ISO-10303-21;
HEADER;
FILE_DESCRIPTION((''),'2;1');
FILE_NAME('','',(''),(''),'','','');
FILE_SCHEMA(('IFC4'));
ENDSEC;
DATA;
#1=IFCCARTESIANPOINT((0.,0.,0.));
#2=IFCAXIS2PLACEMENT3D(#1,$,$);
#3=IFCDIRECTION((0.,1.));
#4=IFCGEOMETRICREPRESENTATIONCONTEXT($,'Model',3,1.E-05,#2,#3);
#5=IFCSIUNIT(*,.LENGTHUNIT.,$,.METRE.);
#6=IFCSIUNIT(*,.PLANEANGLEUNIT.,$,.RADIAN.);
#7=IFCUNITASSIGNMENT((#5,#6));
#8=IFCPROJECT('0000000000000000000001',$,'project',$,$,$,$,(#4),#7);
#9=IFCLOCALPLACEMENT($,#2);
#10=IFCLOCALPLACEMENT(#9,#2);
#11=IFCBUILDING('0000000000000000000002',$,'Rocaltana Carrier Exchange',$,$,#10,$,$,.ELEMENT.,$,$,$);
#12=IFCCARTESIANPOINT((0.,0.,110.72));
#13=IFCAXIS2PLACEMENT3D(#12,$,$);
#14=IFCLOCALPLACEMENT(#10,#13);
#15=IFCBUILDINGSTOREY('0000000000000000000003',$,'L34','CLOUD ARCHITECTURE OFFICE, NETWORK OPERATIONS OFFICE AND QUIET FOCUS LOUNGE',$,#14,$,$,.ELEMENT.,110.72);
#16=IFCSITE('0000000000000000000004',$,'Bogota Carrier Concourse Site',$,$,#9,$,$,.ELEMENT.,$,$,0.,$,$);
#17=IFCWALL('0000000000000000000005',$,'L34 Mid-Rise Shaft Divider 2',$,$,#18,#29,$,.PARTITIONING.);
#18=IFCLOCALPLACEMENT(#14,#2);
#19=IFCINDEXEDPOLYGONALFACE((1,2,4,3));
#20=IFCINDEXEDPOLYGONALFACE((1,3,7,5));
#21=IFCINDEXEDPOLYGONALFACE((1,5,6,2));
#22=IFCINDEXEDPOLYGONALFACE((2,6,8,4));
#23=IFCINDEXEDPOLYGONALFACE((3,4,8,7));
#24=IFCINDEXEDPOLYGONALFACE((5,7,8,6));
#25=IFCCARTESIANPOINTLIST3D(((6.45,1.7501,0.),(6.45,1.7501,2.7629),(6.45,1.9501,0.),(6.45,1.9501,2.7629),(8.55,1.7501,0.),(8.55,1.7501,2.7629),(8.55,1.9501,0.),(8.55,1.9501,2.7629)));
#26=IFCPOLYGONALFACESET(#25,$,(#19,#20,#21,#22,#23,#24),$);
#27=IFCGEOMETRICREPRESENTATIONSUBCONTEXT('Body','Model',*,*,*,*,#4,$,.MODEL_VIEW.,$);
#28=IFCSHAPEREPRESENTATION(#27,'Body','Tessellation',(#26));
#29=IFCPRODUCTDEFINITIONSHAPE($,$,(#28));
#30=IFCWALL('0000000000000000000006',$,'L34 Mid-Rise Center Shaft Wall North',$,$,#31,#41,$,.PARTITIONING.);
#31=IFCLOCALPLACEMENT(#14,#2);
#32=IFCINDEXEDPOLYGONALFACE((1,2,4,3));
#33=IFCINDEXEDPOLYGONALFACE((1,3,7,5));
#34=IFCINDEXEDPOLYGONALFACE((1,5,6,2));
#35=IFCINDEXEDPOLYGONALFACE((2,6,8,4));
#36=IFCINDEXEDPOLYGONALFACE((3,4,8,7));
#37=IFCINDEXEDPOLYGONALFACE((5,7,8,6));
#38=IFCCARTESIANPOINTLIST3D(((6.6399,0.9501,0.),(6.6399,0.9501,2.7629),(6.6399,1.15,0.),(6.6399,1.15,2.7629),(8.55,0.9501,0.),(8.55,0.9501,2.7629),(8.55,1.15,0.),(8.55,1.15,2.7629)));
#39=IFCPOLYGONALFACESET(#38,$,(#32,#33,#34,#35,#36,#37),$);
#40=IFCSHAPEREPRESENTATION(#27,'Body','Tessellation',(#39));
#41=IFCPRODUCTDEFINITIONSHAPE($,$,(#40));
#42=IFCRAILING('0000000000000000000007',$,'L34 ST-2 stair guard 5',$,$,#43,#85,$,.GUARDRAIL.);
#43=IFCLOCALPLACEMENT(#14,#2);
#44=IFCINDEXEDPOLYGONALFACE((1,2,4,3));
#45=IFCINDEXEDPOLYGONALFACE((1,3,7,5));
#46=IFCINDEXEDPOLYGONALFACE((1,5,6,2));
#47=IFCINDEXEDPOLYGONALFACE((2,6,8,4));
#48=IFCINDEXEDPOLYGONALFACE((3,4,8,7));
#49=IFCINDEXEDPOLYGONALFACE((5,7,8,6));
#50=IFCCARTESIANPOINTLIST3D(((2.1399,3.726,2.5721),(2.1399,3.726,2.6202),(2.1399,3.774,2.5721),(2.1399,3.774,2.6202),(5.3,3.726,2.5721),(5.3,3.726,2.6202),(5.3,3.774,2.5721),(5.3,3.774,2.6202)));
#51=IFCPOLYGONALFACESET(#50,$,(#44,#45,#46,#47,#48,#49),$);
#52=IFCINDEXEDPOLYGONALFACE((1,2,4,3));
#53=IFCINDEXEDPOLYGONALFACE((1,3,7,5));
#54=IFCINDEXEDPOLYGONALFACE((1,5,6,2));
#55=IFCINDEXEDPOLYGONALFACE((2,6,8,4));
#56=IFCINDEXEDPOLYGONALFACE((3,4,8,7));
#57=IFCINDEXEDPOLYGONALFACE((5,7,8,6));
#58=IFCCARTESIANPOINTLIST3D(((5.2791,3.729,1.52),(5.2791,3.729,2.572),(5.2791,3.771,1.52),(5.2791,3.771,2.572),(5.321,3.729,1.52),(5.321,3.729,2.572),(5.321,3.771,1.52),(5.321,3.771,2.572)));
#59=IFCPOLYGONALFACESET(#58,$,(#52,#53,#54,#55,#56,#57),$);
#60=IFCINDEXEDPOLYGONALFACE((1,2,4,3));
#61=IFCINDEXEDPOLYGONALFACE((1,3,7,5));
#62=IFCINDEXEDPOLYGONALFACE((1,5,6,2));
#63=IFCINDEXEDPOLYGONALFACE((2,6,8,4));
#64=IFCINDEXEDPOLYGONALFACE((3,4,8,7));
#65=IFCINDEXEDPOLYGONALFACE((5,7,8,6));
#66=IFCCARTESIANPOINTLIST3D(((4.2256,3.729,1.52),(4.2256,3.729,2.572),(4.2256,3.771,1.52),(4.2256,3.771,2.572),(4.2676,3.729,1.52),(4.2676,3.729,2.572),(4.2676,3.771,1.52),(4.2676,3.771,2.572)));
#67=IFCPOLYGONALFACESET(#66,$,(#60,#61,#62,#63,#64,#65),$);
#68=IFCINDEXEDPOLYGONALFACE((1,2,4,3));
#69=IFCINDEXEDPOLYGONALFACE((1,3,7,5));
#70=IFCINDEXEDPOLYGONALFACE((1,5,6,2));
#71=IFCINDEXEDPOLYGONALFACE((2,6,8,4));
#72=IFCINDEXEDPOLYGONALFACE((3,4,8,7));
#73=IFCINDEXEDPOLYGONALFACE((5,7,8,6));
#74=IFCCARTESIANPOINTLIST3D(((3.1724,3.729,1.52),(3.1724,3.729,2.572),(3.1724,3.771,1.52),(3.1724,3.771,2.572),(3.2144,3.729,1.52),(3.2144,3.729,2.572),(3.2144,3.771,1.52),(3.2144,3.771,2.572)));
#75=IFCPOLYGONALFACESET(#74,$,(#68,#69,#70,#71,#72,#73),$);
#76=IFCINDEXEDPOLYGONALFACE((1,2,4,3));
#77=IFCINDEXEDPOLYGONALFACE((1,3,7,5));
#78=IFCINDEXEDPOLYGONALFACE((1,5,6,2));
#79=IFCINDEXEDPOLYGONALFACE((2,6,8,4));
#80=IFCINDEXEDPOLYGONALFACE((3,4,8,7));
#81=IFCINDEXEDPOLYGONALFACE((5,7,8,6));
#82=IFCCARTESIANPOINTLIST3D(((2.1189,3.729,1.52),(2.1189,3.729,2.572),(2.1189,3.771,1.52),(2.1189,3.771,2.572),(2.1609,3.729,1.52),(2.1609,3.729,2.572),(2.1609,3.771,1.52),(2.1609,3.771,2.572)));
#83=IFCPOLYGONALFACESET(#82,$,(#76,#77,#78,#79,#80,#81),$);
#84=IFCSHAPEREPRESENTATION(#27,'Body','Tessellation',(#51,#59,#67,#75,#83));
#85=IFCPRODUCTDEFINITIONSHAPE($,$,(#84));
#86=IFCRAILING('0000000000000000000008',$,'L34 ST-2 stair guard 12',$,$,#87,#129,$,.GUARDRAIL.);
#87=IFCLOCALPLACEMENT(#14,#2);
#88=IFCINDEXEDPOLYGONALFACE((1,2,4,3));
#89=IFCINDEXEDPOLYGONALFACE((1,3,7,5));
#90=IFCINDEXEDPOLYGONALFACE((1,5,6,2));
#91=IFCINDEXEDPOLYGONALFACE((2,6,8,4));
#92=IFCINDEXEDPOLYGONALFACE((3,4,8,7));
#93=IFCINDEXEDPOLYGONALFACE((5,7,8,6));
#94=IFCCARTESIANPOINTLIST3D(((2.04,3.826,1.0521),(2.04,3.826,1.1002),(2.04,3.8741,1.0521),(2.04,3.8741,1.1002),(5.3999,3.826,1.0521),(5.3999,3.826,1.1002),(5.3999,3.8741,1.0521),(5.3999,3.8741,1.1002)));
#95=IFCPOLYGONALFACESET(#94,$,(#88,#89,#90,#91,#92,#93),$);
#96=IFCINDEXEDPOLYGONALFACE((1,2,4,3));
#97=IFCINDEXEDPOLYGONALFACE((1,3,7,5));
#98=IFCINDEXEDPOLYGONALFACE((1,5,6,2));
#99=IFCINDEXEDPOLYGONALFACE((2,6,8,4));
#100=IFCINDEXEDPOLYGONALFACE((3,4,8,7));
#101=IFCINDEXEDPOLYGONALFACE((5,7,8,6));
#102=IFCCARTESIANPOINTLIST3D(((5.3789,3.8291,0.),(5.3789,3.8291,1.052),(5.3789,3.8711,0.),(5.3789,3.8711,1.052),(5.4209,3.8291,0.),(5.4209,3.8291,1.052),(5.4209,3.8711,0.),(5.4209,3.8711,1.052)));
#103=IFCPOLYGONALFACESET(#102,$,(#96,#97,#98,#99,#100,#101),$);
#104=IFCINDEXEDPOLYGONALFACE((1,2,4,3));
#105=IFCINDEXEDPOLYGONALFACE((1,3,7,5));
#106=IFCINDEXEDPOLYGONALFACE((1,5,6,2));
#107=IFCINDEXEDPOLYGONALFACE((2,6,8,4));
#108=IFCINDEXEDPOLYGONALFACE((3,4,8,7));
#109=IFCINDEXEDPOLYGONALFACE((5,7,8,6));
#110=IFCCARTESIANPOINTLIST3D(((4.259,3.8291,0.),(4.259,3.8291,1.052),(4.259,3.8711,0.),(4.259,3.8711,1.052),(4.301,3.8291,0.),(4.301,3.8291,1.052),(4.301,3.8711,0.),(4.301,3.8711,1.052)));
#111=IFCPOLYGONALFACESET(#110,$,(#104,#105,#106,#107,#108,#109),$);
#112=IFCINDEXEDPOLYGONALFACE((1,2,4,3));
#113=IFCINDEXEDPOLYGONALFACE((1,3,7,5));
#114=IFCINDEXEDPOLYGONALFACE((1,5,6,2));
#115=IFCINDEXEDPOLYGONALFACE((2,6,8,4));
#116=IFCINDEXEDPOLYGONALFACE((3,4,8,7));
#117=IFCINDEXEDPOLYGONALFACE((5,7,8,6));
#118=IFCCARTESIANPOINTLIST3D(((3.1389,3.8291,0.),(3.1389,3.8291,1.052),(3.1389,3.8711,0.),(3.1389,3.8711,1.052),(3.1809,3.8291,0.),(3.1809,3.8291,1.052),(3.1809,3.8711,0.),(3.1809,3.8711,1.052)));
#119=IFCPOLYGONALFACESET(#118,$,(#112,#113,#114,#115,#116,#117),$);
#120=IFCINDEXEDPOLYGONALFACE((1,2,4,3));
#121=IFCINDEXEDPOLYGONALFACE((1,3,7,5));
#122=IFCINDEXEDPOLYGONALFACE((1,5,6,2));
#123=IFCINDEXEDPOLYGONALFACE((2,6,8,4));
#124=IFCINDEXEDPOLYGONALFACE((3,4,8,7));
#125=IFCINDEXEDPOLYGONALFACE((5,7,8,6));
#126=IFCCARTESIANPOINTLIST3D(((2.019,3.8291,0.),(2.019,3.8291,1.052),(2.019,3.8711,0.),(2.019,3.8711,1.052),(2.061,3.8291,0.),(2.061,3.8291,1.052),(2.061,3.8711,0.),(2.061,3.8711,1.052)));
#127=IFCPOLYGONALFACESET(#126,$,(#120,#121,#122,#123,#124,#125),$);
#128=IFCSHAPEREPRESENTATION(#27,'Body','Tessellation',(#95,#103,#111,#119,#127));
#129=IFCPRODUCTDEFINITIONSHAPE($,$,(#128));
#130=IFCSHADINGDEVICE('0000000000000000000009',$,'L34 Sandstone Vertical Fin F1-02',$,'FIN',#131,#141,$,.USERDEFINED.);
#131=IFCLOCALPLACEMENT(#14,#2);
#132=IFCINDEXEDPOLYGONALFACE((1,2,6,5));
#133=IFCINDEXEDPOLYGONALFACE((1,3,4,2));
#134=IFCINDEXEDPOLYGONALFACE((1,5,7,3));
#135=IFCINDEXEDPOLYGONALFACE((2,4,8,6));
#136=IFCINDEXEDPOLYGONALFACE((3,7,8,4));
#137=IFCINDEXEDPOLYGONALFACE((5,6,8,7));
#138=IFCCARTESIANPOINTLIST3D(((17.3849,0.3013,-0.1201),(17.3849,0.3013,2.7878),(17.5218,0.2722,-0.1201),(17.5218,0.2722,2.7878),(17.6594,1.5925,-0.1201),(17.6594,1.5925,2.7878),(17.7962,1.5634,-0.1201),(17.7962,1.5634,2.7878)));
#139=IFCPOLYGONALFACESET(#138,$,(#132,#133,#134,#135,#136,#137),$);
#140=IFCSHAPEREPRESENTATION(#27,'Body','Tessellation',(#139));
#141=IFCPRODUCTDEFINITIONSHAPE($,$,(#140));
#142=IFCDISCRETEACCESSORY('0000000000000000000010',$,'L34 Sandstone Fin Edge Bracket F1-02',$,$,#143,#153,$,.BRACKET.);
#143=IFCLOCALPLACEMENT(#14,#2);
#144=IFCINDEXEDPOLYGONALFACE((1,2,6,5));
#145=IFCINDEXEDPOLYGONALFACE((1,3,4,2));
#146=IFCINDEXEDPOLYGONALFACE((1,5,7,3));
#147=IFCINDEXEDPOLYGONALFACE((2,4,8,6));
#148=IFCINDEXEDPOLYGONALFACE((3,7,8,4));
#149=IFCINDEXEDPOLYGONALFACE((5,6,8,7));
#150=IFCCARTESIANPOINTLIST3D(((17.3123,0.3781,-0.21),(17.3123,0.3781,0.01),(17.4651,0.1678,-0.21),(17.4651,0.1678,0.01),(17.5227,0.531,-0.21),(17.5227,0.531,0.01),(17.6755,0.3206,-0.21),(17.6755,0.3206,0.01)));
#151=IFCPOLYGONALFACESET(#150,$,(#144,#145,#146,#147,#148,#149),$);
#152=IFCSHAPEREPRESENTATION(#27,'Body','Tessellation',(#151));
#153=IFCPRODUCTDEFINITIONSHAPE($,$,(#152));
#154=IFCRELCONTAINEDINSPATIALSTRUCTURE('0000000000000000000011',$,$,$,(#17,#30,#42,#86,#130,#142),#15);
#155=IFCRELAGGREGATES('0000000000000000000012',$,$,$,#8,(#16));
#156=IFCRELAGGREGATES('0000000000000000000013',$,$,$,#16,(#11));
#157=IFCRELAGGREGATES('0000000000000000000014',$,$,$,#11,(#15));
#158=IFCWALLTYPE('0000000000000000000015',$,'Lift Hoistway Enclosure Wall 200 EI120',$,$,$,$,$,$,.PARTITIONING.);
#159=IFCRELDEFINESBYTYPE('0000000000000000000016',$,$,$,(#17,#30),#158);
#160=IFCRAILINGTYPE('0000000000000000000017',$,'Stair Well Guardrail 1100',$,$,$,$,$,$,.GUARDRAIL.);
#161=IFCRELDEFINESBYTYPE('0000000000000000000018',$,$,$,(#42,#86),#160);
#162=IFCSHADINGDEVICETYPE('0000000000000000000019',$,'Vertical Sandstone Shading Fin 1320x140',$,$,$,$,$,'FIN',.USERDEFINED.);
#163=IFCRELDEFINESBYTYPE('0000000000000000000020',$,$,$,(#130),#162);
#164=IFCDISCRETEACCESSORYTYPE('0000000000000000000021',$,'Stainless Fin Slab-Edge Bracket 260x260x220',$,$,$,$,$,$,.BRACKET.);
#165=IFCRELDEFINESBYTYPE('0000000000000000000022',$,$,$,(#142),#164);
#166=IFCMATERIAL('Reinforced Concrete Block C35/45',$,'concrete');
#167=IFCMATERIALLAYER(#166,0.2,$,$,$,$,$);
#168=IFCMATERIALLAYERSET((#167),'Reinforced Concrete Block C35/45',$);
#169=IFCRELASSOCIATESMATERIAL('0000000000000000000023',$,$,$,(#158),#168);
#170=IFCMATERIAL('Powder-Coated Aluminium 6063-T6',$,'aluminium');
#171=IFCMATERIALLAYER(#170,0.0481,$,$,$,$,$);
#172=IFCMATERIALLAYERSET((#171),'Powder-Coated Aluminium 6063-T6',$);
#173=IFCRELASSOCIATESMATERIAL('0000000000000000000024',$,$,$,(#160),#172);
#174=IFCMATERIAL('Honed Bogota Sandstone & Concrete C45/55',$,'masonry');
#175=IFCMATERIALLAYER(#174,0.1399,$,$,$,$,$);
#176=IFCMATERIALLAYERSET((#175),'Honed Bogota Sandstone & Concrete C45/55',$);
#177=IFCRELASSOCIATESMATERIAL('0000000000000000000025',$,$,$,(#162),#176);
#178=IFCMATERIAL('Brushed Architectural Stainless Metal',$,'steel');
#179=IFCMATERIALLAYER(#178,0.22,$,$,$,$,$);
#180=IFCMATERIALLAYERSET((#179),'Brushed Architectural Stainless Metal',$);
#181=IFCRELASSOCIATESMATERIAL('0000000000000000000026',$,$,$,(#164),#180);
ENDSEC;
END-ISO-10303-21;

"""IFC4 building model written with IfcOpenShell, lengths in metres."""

from ifc_helpers import new_model, si_unit, direction, frame, frame_2d, origin, origin_2d, place, context, subcontext, project, spatial, rectangle, extrude, material, layer, layer_set, type_object, element, save


model = new_model("IFC4")

# Units and contexts
model_context = context("Model", 3, precision=1e-05, world=origin(), true_north=direction((0.0, 1.0)))
body_context = subcontext(model_context, "Body", "Model", "MODEL_VIEW")
ifc_project = project(units=[si_unit("LENGTHUNIT", "METRE"), si_unit("PLANEANGLEUNIT", "RADIAN")], contexts=[model_context])

# Site, building, storey
site_placement = place(None, origin())
site = spatial("IfcSite", under=ifc_project, at=site_placement, Name="Bogota Carrier Concourse Site", CompositionType="ELEMENT", RefElevation=0.0)
building_placement = place(site_placement, origin())
building = spatial("IfcBuilding", under=site, at=building_placement, Name="Rocaltana Carrier Exchange", CompositionType="ELEMENT")
storey_placement = place(building_placement, frame((0.0, 0.0, 110.72)))
storey = spatial("IfcBuildingStorey", under=building, at=storey_placement, Name="L34", Description="CLOUD ARCHITECTURE OFFICE, NETWORK OPERATIONS OFFICE AND QUIET FOCUS LOUNGE", CompositionType="ELEMENT", Elevation=110.72)

# Walls
ifc_material_1 = material(Name="Reinforced Concrete Block C35/45", Category="concrete")
ifc_layer_1 = layer(ifc_material_1, 0.2)
ifc_layer_set_1 = layer_set([ifc_layer_1], Name="Reinforced Concrete Block C35/45")
wall_type_1 = type_object("IfcWallType", Name="Lift Hoistway Enclosure Wall 200 EI120", PredefinedType="PARTITIONING", material=ifc_layer_set_1)
wall_1_placement = place(storey_placement, frame((6.45, 1.8501, 0.0), z_axis=(0.0, 0.0, 1.0), x_axis=(1.0, 0.0, 0.0)))
element("IfcWall", 1, at=wall_1_placement, inside=storey, type_object=wall_type_1, Name="L34 Mid-Rise Shaft Divider 2", PredefinedType="PARTITIONING", context=body_context, shape_type="SweptSolid", body=[
    extrude(rectangle(XDim=2.1001, YDim=0.2, at=frame_2d((1.05, 0.0))), origin(), (0.0, 0.0, 1.0), 2.7629),
])
wall_2_placement = place(storey_placement, frame((6.6399, 1.05, 0.0), z_axis=(0.0, 0.0, 1.0), x_axis=(1.0, 0.0, 0.0)))
element("IfcWall", 2, at=wall_2_placement, inside=storey, type_object=wall_type_1, Name="L34 Mid-Rise Center Shaft Wall North", PredefinedType="PARTITIONING", context=body_context, shape_type="SweptSolid", body=[
    extrude(rectangle(XDim=1.9102, YDim=0.2, at=frame_2d((0.9551, 0.0))), origin(), (0.0, 0.0, 1.0), 2.7629),
])

# Railings
ifc_material_2 = material(Name="Powder-Coated Aluminium 6063-T6", Category="aluminium")
ifc_layer_2 = layer(ifc_material_2, 0.0481)
ifc_layer_set_2 = layer_set([ifc_layer_2], Name="Powder-Coated Aluminium 6063-T6")
railing_type = type_object("IfcRailingType", Name="Stair Well Guardrail 1100", PredefinedType="GUARDRAIL", material=ifc_layer_set_2)
railing_1_placement = place(storey_placement, frame((5.3, 3.75, 1.52)))
element("IfcRailing", 3, at=railing_1_placement, inside=storey, type_object=railing_type, Name="L34 ST-2 stair guard 5", PredefinedType="GUARDRAIL", context=body_context, shape_type="SweptSolid", body=[
    extrude(rectangle(XDim=0.0481, YDim=0.0481, at=origin_2d()), frame((0.0, 0.0, 1.0762), z_axis=(-1.0, 0.0, 0.0), x_axis=(0.0, -1.0, 0.0)), (0.0, 0.0, 1.0), 3.1602),
    extrude(rectangle(XDim=0.042, YDim=0.042, at=origin_2d()), origin(), (0.0, 0.0, 1.0), 1.052),
    extrude(rectangle(XDim=0.042, YDim=0.042, at=origin_2d()), frame((-1.0535, 0.0, 0.0)), (0.0, 0.0, 1.0), 1.052),
    extrude(rectangle(XDim=0.042, YDim=0.042, at=origin_2d()), frame((-2.1067, 0.0, 0.0)), (0.0, 0.0, 1.0), 1.052),
    extrude(rectangle(XDim=0.042, YDim=0.042, at=origin_2d()), frame((-3.1602, 0.0, 0.0)), (0.0, 0.0, 1.0), 1.052),
])
railing_2_placement = place(storey_placement, frame((5.3999, 3.8501, 0.0)))
element("IfcRailing", 4, at=railing_2_placement, inside=storey, type_object=railing_type, Name="L34 ST-2 stair guard 12", PredefinedType="GUARDRAIL", context=body_context, shape_type="SweptSolid", body=[
    extrude(rectangle(XDim=0.0481, YDim=0.0481, at=origin_2d()), frame((0.0, 0.0, 1.0762), z_axis=(-1.0, 0.0, 0.0), x_axis=(0.0, -1.0, 0.0)), (0.0, 0.0, 1.0), 3.3599),
    extrude(rectangle(XDim=0.042, YDim=0.042, at=origin_2d()), origin(), (0.0, 0.0, 1.0), 1.052),
    extrude(rectangle(XDim=0.042, YDim=0.042, at=origin_2d()), frame((-1.1199, 0.0, 0.0)), (0.0, 0.0, 1.0), 1.052),
    extrude(rectangle(XDim=0.042, YDim=0.042, at=origin_2d()), frame((-2.24, 0.0, 0.0)), (0.0, 0.0, 1.0), 1.052),
    extrude(rectangle(XDim=0.042, YDim=0.042, at=origin_2d()), frame((-3.3599, 0.0, 0.0)), (0.0, 0.0, 1.0), 1.052),
])

# Shading device
ifc_material_3 = material(Name="Honed Bogota Sandstone & Concrete C45/55", Category="masonry")
ifc_layer_3 = layer(ifc_material_3, 0.1399)
ifc_layer_set_3 = layer_set([ifc_layer_3], Name="Honed Bogota Sandstone & Concrete C45/55")
shading_device_type = type_object("IfcShadingDeviceType", Name="Vertical Sandstone Shading Fin 1320x140", ElementType="FIN", PredefinedType="USERDEFINED", material=ifc_layer_set_3)
shading_device_placement = place(storey_placement, frame((17.5906, 0.9324, -0.1201), z_axis=(0.0, 0.0, 1.0), x_axis=(0.207912, 0.978148, 0.0)))
element("IfcShadingDevice", 5, at=shading_device_placement, inside=storey, type_object=shading_device_type, Name="L34 Sandstone Vertical Fin F1-02", ObjectType="FIN", PredefinedType="USERDEFINED", context=body_context, shape_type="SweptSolid", body=[
    extrude(rectangle(XDim=1.3201, YDim=0.1399, at=origin_2d()), origin(), (0.0, 0.0, 1.0), 2.908),
])

# Discrete accessory
ifc_material_4 = material(Name="Brushed Architectural Stainless Metal", Category="steel")
ifc_layer_4 = layer(ifc_material_4, 0.22)
ifc_layer_set_4 = layer_set([ifc_layer_4], Name="Brushed Architectural Stainless Metal")
discrete_accessory_type = type_object("IfcDiscreteAccessoryType", Name="Stainless Fin Slab-Edge Bracket 260x260x220", PredefinedType="BRACKET", material=ifc_layer_set_4)
discrete_accessory_placement = place(storey_placement, frame((17.4939, 0.3494, -0.21), z_axis=(0.0, 0.0, 1.0), x_axis=(-0.587785, 0.809017, 0.0)))
element("IfcDiscreteAccessory", 6, at=discrete_accessory_placement, inside=storey, type_object=discrete_accessory_type, Name="L34 Sandstone Fin Edge Bracket F1-02", PredefinedType="BRACKET", context=body_context, shape_type="SweptSolid", body=[
    extrude(rectangle(XDim=0.26, YDim=0.26, at=origin_2d()), origin(), (0.0, 0.0, 1.0), 0.22),
])

save(model, "model.ifc")
